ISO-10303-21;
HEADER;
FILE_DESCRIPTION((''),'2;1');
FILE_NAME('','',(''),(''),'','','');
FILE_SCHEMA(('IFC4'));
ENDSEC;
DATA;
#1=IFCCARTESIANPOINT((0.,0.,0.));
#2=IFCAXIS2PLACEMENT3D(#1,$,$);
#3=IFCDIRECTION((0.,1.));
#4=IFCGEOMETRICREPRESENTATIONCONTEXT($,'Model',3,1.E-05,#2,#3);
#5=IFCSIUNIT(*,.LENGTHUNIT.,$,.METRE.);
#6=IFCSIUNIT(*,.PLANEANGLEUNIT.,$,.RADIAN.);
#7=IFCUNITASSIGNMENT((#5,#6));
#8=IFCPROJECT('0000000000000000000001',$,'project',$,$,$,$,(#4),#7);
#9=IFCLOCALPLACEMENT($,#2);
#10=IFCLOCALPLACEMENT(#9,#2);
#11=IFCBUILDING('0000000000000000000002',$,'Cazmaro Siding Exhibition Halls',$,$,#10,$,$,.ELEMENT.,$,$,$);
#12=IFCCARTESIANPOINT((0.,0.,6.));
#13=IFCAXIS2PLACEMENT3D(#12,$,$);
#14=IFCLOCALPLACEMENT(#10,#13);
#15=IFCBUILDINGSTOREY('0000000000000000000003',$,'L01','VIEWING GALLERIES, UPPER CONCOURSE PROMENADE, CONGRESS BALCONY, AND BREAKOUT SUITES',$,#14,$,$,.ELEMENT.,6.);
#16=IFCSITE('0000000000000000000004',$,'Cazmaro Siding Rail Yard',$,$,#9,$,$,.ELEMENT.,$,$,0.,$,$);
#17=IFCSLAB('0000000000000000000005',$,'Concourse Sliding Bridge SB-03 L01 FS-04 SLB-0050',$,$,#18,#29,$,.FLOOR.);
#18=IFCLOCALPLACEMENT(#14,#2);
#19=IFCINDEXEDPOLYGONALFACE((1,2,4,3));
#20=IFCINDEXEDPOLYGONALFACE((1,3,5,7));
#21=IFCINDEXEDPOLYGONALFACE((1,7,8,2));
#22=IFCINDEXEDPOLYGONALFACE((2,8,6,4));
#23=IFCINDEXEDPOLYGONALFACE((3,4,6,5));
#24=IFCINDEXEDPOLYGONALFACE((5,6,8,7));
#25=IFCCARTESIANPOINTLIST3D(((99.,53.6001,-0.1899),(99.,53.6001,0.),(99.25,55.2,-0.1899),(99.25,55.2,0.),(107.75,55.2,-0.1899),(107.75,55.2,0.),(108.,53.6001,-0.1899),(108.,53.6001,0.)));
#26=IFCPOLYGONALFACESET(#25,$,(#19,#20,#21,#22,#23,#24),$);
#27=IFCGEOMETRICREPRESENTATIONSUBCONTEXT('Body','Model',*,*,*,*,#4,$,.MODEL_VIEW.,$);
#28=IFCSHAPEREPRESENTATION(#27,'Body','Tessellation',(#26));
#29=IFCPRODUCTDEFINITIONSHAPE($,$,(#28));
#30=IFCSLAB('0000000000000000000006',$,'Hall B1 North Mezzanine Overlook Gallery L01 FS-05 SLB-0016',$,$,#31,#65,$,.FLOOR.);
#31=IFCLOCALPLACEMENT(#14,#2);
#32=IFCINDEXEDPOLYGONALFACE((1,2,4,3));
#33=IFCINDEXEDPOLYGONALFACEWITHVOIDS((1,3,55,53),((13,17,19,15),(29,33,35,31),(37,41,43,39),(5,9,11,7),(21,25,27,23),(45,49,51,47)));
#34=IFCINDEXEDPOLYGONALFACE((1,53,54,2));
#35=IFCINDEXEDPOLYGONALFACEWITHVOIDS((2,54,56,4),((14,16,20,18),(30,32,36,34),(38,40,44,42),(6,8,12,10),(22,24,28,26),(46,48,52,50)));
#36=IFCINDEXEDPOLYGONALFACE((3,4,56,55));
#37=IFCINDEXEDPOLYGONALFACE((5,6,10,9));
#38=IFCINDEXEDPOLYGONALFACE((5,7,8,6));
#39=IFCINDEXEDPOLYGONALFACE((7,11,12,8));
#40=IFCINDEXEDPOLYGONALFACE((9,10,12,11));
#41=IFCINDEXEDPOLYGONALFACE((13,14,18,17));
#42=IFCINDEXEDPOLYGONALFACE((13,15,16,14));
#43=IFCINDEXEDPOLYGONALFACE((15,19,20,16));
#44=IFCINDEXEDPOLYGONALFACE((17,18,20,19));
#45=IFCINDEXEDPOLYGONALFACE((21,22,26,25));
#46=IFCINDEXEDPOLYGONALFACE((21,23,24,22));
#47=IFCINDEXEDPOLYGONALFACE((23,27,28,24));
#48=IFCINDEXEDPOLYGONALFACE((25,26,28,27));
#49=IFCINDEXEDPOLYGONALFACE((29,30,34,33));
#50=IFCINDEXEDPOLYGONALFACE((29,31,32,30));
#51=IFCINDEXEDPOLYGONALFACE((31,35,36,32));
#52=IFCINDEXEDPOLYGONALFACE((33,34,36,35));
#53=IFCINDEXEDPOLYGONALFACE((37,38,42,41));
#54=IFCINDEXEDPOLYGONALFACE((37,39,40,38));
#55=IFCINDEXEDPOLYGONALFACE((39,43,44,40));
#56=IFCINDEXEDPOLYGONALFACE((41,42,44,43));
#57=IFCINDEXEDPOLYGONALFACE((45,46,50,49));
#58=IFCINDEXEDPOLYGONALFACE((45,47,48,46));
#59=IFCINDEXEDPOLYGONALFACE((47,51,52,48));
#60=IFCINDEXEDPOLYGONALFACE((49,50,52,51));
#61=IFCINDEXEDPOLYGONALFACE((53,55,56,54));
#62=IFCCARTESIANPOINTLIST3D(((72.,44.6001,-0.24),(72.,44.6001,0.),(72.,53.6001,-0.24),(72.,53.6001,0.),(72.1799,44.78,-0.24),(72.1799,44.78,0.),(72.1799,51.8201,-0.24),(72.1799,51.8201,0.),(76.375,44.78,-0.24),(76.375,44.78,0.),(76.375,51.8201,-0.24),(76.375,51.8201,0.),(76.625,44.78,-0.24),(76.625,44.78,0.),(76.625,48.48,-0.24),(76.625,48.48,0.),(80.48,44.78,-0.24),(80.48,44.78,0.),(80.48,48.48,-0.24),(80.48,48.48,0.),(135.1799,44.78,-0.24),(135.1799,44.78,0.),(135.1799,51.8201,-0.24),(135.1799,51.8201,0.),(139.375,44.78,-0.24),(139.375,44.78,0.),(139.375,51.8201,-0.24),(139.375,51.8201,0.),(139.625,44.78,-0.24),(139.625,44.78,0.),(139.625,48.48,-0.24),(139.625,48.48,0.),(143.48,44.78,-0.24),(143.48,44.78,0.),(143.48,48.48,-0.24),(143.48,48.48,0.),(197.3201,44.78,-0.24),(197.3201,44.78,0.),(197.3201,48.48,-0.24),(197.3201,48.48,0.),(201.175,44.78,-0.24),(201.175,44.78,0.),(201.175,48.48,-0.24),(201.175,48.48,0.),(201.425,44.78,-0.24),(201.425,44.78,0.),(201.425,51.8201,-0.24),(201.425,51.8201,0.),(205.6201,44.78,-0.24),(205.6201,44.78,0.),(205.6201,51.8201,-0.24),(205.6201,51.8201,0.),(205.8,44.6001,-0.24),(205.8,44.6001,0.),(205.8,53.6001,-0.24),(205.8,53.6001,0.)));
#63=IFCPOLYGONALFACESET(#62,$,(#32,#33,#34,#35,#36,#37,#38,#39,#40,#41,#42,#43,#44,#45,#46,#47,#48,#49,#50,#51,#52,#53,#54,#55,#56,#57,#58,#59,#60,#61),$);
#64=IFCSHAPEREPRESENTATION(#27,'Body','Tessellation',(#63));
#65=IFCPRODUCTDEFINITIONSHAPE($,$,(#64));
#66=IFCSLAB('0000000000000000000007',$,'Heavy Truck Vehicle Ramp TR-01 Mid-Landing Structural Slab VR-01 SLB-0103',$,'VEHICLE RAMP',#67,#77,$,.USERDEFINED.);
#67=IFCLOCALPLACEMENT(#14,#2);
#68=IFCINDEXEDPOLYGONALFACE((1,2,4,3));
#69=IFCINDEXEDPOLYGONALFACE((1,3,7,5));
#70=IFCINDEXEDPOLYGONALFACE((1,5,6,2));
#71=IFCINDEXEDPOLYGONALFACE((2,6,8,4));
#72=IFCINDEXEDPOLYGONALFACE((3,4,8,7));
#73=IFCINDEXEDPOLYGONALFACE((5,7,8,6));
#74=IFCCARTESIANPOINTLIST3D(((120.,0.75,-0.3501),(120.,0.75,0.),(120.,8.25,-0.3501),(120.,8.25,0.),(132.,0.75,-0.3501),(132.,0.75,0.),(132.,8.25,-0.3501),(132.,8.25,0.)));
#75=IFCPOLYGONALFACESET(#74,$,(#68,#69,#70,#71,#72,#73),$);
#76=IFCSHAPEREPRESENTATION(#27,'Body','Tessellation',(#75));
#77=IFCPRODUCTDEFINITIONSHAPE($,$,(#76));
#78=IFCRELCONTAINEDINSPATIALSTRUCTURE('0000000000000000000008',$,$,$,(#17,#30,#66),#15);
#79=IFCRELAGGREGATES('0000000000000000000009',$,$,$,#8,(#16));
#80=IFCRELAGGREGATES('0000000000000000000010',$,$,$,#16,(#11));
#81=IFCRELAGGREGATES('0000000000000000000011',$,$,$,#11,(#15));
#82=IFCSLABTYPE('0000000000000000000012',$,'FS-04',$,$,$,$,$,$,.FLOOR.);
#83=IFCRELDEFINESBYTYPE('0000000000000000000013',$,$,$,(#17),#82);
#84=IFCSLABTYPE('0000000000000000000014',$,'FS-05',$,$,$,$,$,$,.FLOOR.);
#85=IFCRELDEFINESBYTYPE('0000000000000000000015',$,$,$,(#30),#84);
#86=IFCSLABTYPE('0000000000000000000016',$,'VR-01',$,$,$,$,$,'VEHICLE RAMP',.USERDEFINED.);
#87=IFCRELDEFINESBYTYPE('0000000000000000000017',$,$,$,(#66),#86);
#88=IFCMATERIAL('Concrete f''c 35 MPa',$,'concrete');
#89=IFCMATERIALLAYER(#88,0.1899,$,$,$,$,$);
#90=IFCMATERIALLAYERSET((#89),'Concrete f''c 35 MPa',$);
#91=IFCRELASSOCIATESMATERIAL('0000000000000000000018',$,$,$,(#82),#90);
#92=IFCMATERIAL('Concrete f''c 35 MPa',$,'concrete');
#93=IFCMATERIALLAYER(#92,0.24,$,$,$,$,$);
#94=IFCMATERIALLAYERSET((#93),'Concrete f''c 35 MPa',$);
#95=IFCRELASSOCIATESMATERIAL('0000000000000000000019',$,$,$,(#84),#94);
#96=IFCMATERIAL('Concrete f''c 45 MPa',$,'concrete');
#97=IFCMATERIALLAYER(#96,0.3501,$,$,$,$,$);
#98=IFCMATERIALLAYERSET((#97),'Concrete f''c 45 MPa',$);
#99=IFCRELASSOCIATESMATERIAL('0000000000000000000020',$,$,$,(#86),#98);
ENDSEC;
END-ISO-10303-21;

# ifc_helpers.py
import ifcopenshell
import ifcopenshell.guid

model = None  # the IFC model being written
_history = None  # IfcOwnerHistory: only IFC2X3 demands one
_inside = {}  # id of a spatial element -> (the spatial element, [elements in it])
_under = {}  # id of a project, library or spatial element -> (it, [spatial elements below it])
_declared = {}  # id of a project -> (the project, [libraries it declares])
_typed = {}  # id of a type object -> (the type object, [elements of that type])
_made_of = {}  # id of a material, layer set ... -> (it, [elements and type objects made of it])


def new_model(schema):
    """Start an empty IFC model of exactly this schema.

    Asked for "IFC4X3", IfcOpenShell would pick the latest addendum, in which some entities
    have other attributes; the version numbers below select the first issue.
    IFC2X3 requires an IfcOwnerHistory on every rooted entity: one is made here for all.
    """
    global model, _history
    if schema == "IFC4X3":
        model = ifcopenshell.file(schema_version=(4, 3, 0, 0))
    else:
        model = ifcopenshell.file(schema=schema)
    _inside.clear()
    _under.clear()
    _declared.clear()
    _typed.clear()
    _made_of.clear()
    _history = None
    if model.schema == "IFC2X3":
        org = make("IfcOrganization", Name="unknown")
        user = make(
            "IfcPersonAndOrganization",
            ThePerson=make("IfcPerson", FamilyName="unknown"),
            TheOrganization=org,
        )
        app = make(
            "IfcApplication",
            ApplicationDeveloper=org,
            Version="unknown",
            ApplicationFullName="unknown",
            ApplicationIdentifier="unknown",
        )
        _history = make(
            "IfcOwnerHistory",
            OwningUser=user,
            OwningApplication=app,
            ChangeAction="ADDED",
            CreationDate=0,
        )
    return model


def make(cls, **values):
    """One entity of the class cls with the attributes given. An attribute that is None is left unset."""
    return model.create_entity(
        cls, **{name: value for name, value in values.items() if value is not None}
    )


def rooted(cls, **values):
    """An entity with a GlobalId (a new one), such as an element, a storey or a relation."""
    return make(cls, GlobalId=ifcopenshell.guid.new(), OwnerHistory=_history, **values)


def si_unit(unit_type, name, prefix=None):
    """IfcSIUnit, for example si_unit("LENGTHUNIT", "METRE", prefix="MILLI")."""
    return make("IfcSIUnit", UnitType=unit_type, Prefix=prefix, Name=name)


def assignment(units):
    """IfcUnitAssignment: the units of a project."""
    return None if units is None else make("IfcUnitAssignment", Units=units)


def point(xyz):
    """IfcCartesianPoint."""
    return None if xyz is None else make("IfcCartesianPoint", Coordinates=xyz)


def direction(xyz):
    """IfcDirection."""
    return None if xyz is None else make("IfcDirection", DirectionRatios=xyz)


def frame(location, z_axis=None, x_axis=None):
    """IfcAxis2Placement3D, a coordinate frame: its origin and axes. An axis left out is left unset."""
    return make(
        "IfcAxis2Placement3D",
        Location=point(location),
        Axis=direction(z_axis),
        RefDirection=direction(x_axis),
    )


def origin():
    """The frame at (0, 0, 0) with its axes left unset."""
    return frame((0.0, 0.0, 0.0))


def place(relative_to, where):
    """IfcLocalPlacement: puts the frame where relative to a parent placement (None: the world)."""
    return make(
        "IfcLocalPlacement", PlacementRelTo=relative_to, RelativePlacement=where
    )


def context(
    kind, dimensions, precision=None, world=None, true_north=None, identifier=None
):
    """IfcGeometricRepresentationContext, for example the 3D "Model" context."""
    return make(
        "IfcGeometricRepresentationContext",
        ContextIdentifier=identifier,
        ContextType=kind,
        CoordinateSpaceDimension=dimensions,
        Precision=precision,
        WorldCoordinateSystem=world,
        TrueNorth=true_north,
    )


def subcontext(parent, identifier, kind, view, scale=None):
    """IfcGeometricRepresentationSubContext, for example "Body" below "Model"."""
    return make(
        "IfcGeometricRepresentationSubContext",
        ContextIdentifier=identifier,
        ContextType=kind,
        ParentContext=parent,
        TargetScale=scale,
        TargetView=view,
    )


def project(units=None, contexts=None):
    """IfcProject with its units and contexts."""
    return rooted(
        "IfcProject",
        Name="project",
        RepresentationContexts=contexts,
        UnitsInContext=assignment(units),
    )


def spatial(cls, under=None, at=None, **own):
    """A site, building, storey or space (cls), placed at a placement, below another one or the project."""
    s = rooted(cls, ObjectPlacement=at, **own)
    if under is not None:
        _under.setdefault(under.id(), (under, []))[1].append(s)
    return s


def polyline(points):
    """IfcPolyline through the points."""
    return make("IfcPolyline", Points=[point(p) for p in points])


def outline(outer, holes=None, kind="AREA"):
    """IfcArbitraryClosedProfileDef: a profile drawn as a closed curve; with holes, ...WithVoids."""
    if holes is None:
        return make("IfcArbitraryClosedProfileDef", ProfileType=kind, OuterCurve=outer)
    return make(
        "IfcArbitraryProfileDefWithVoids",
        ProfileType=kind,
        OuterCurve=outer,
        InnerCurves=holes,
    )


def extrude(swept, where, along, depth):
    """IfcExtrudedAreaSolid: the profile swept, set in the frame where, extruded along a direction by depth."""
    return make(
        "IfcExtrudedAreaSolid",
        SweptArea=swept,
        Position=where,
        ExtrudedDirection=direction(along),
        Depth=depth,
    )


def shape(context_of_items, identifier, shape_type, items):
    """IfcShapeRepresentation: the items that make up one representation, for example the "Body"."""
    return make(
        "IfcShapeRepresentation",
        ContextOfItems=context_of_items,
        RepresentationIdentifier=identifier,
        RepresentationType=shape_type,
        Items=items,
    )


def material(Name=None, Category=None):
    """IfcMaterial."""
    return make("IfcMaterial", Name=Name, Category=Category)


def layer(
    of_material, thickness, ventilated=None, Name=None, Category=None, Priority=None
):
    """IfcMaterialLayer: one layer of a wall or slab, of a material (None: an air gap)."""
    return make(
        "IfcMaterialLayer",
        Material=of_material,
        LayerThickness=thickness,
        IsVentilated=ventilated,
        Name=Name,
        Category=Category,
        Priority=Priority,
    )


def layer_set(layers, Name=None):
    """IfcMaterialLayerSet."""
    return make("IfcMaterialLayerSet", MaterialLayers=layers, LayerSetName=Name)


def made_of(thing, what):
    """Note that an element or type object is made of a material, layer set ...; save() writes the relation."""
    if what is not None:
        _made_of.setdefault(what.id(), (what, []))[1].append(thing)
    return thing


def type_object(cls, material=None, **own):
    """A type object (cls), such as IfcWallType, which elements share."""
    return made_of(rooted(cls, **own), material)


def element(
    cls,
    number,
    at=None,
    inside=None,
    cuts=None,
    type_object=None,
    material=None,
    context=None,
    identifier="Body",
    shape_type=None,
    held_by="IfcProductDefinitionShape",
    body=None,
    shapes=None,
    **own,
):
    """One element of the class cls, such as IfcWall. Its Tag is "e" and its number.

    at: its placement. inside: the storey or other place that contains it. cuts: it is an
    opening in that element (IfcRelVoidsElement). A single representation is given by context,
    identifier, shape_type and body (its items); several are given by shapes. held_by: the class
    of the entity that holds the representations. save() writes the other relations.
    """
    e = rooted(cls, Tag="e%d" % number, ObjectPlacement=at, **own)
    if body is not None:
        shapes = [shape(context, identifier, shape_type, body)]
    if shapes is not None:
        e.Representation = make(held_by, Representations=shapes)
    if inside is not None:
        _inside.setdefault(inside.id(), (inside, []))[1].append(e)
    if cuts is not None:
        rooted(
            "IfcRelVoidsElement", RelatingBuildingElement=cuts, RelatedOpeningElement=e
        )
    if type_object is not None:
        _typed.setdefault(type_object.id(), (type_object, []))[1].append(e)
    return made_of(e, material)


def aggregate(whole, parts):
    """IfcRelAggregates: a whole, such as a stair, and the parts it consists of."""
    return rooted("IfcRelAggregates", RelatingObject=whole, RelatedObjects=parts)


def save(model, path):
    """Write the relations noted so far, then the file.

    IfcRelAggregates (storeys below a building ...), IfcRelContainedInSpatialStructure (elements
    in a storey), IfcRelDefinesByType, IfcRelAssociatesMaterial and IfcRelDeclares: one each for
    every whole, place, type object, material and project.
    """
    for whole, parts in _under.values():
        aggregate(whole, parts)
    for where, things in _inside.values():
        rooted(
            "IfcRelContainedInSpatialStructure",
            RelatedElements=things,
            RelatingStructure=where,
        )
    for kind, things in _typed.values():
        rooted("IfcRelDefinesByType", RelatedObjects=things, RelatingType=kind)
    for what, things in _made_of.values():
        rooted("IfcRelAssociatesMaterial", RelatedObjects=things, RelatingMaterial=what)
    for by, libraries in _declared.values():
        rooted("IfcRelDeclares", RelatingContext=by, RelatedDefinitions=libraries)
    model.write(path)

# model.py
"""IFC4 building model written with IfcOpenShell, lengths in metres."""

from ifc_helpers import new_model, si_unit, direction, frame, origin, place, context, subcontext, project, spatial, polyline, outline, extrude, material, layer, layer_set, type_object, element, save


model = new_model("IFC4")

# Units and contexts
model_context = context("Model", 3, precision=1e-05, world=origin(), true_north=direction((0.0, 1.0)))
body_context = subcontext(model_context, "Body", "Model", "MODEL_VIEW")
ifc_project = project(units=[si_unit("LENGTHUNIT", "METRE"), si_unit("PLANEANGLEUNIT", "RADIAN")], contexts=[model_context])

# Site, building, storey
site_placement = place(None, origin())
site = spatial("IfcSite", under=ifc_project, at=site_placement, Name="Cazmaro Siding Rail Yard", CompositionType="ELEMENT", RefElevation=0.0)
building_placement = place(site_placement, origin())
building = spatial("IfcBuilding", under=site, at=building_placement, Name="Cazmaro Siding Exhibition Halls", CompositionType="ELEMENT")
storey_placement = place(building_placement, frame((0.0, 0.0, 6.0)))
storey = spatial("IfcBuildingStorey", under=building, at=storey_placement, Name="L01", Description="VIEWING GALLERIES, UPPER CONCOURSE PROMENADE, CONGRESS BALCONY, AND BREAKOUT SUITES", CompositionType="ELEMENT", Elevation=6.0)

# Slabs
ifc_material_1 = material(Name="Concrete f'c 35 MPa", Category="concrete")
ifc_layer_1 = layer(ifc_material_1, 0.1899)
ifc_layer_set_1 = layer_set([ifc_layer_1], Name="Concrete f'c 35 MPa")
slab_type_1 = type_object("IfcSlabType", Name="FS-04", PredefinedType="FLOOR", material=ifc_layer_set_1)
slab_1_placement = place(storey_placement, frame((0.0, 0.0, -0.1899)))
element("IfcSlab", 1, at=slab_1_placement, inside=storey, type_object=slab_type_1, Name="Concourse Sliding Bridge SB-03 L01 FS-04 SLB-0050", PredefinedType="FLOOR", context=body_context, shape_type="SweptSolid", body=[
    extrude(outline(polyline([(99.0, 53.6001), (108.0, 53.6001), (107.75, 55.2), (99.25, 55.2), (99.0, 53.6001)])), origin(), (0.0, 0.0, 1.0), 0.1899),
])
ifc_material_2 = material(Name="Concrete f'c 35 MPa", Category="concrete")
ifc_layer_2 = layer(ifc_material_2, 0.24)
ifc_layer_set_2 = layer_set([ifc_layer_2], Name="Concrete f'c 35 MPa")
slab_type_2 = type_object("IfcSlabType", Name="FS-05", PredefinedType="FLOOR", material=ifc_layer_set_2)
slab_2_placement = place(storey_placement, frame((0.0, 0.0, -0.24)))
element("IfcSlab", 2, at=slab_2_placement, inside=storey, type_object=slab_type_2, Name="Hall B1 North Mezzanine Overlook Gallery L01 FS-05 SLB-0016", PredefinedType="FLOOR", context=body_context, shape_type="SweptSolid", body=[
    extrude(outline(polyline([(72.0, 44.6001), (205.8, 44.6001), (205.8, 53.6001), (72.0, 53.6001), (72.0, 44.6001)]), holes=[polyline([(72.1799, 44.78), (76.375, 44.78), (76.375, 51.8201), (72.1799, 51.8201), (72.1799, 44.78)]), polyline([(76.625, 44.78), (80.48, 44.78), (80.48, 48.48), (76.625, 48.48), (76.625, 44.78)]), polyline([(135.1799, 44.78), (139.375, 44.78), (139.375, 51.8201), (135.1799, 51.8201), (135.1799, 44.78)]), polyline([(139.625, 44.78), (143.48, 44.78), (143.48, 48.48), (139.625, 48.48), (139.625, 44.78)]), polyline([(201.425, 44.78), (205.6201, 44.78), (205.6201, 51.8201), (201.425, 51.8201), (201.425, 44.78)]), polyline([(197.3201, 44.78), (201.175, 44.78), (201.175, 48.48), (197.3201, 48.48), (197.3201, 44.78)])]), origin(), (0.0, 0.0, 1.0), 0.24),
])
ifc_material_3 = material(Name="Concrete f'c 45 MPa", Category="concrete")
ifc_layer_3 = layer(ifc_material_3, 0.3501)
ifc_layer_set_3 = layer_set([ifc_layer_3], Name="Concrete f'c 45 MPa")
slab_type_3 = type_object("IfcSlabType", Name="VR-01", ElementType="VEHICLE RAMP", PredefinedType="USERDEFINED", material=ifc_layer_set_3)
slab_3_placement = place(storey_placement, frame((0.0, 0.0, -0.3501)))
element("IfcSlab", 3, at=slab_3_placement, inside=storey, type_object=slab_type_3, Name="Heavy Truck Vehicle Ramp TR-01 Mid-Landing Structural Slab VR-01 SLB-0103", ObjectType="VEHICLE RAMP", PredefinedType="USERDEFINED", context=body_context, shape_type="SweptSolid", body=[
    extrude(outline(polyline([(120.0, 0.75), (132.0, 0.75), (132.0, 8.25), (120.0, 8.25), (120.0, 0.75)])), origin(), (0.0, 0.0, 1.0), 0.3501),
])

save(model, "model.ifc")
